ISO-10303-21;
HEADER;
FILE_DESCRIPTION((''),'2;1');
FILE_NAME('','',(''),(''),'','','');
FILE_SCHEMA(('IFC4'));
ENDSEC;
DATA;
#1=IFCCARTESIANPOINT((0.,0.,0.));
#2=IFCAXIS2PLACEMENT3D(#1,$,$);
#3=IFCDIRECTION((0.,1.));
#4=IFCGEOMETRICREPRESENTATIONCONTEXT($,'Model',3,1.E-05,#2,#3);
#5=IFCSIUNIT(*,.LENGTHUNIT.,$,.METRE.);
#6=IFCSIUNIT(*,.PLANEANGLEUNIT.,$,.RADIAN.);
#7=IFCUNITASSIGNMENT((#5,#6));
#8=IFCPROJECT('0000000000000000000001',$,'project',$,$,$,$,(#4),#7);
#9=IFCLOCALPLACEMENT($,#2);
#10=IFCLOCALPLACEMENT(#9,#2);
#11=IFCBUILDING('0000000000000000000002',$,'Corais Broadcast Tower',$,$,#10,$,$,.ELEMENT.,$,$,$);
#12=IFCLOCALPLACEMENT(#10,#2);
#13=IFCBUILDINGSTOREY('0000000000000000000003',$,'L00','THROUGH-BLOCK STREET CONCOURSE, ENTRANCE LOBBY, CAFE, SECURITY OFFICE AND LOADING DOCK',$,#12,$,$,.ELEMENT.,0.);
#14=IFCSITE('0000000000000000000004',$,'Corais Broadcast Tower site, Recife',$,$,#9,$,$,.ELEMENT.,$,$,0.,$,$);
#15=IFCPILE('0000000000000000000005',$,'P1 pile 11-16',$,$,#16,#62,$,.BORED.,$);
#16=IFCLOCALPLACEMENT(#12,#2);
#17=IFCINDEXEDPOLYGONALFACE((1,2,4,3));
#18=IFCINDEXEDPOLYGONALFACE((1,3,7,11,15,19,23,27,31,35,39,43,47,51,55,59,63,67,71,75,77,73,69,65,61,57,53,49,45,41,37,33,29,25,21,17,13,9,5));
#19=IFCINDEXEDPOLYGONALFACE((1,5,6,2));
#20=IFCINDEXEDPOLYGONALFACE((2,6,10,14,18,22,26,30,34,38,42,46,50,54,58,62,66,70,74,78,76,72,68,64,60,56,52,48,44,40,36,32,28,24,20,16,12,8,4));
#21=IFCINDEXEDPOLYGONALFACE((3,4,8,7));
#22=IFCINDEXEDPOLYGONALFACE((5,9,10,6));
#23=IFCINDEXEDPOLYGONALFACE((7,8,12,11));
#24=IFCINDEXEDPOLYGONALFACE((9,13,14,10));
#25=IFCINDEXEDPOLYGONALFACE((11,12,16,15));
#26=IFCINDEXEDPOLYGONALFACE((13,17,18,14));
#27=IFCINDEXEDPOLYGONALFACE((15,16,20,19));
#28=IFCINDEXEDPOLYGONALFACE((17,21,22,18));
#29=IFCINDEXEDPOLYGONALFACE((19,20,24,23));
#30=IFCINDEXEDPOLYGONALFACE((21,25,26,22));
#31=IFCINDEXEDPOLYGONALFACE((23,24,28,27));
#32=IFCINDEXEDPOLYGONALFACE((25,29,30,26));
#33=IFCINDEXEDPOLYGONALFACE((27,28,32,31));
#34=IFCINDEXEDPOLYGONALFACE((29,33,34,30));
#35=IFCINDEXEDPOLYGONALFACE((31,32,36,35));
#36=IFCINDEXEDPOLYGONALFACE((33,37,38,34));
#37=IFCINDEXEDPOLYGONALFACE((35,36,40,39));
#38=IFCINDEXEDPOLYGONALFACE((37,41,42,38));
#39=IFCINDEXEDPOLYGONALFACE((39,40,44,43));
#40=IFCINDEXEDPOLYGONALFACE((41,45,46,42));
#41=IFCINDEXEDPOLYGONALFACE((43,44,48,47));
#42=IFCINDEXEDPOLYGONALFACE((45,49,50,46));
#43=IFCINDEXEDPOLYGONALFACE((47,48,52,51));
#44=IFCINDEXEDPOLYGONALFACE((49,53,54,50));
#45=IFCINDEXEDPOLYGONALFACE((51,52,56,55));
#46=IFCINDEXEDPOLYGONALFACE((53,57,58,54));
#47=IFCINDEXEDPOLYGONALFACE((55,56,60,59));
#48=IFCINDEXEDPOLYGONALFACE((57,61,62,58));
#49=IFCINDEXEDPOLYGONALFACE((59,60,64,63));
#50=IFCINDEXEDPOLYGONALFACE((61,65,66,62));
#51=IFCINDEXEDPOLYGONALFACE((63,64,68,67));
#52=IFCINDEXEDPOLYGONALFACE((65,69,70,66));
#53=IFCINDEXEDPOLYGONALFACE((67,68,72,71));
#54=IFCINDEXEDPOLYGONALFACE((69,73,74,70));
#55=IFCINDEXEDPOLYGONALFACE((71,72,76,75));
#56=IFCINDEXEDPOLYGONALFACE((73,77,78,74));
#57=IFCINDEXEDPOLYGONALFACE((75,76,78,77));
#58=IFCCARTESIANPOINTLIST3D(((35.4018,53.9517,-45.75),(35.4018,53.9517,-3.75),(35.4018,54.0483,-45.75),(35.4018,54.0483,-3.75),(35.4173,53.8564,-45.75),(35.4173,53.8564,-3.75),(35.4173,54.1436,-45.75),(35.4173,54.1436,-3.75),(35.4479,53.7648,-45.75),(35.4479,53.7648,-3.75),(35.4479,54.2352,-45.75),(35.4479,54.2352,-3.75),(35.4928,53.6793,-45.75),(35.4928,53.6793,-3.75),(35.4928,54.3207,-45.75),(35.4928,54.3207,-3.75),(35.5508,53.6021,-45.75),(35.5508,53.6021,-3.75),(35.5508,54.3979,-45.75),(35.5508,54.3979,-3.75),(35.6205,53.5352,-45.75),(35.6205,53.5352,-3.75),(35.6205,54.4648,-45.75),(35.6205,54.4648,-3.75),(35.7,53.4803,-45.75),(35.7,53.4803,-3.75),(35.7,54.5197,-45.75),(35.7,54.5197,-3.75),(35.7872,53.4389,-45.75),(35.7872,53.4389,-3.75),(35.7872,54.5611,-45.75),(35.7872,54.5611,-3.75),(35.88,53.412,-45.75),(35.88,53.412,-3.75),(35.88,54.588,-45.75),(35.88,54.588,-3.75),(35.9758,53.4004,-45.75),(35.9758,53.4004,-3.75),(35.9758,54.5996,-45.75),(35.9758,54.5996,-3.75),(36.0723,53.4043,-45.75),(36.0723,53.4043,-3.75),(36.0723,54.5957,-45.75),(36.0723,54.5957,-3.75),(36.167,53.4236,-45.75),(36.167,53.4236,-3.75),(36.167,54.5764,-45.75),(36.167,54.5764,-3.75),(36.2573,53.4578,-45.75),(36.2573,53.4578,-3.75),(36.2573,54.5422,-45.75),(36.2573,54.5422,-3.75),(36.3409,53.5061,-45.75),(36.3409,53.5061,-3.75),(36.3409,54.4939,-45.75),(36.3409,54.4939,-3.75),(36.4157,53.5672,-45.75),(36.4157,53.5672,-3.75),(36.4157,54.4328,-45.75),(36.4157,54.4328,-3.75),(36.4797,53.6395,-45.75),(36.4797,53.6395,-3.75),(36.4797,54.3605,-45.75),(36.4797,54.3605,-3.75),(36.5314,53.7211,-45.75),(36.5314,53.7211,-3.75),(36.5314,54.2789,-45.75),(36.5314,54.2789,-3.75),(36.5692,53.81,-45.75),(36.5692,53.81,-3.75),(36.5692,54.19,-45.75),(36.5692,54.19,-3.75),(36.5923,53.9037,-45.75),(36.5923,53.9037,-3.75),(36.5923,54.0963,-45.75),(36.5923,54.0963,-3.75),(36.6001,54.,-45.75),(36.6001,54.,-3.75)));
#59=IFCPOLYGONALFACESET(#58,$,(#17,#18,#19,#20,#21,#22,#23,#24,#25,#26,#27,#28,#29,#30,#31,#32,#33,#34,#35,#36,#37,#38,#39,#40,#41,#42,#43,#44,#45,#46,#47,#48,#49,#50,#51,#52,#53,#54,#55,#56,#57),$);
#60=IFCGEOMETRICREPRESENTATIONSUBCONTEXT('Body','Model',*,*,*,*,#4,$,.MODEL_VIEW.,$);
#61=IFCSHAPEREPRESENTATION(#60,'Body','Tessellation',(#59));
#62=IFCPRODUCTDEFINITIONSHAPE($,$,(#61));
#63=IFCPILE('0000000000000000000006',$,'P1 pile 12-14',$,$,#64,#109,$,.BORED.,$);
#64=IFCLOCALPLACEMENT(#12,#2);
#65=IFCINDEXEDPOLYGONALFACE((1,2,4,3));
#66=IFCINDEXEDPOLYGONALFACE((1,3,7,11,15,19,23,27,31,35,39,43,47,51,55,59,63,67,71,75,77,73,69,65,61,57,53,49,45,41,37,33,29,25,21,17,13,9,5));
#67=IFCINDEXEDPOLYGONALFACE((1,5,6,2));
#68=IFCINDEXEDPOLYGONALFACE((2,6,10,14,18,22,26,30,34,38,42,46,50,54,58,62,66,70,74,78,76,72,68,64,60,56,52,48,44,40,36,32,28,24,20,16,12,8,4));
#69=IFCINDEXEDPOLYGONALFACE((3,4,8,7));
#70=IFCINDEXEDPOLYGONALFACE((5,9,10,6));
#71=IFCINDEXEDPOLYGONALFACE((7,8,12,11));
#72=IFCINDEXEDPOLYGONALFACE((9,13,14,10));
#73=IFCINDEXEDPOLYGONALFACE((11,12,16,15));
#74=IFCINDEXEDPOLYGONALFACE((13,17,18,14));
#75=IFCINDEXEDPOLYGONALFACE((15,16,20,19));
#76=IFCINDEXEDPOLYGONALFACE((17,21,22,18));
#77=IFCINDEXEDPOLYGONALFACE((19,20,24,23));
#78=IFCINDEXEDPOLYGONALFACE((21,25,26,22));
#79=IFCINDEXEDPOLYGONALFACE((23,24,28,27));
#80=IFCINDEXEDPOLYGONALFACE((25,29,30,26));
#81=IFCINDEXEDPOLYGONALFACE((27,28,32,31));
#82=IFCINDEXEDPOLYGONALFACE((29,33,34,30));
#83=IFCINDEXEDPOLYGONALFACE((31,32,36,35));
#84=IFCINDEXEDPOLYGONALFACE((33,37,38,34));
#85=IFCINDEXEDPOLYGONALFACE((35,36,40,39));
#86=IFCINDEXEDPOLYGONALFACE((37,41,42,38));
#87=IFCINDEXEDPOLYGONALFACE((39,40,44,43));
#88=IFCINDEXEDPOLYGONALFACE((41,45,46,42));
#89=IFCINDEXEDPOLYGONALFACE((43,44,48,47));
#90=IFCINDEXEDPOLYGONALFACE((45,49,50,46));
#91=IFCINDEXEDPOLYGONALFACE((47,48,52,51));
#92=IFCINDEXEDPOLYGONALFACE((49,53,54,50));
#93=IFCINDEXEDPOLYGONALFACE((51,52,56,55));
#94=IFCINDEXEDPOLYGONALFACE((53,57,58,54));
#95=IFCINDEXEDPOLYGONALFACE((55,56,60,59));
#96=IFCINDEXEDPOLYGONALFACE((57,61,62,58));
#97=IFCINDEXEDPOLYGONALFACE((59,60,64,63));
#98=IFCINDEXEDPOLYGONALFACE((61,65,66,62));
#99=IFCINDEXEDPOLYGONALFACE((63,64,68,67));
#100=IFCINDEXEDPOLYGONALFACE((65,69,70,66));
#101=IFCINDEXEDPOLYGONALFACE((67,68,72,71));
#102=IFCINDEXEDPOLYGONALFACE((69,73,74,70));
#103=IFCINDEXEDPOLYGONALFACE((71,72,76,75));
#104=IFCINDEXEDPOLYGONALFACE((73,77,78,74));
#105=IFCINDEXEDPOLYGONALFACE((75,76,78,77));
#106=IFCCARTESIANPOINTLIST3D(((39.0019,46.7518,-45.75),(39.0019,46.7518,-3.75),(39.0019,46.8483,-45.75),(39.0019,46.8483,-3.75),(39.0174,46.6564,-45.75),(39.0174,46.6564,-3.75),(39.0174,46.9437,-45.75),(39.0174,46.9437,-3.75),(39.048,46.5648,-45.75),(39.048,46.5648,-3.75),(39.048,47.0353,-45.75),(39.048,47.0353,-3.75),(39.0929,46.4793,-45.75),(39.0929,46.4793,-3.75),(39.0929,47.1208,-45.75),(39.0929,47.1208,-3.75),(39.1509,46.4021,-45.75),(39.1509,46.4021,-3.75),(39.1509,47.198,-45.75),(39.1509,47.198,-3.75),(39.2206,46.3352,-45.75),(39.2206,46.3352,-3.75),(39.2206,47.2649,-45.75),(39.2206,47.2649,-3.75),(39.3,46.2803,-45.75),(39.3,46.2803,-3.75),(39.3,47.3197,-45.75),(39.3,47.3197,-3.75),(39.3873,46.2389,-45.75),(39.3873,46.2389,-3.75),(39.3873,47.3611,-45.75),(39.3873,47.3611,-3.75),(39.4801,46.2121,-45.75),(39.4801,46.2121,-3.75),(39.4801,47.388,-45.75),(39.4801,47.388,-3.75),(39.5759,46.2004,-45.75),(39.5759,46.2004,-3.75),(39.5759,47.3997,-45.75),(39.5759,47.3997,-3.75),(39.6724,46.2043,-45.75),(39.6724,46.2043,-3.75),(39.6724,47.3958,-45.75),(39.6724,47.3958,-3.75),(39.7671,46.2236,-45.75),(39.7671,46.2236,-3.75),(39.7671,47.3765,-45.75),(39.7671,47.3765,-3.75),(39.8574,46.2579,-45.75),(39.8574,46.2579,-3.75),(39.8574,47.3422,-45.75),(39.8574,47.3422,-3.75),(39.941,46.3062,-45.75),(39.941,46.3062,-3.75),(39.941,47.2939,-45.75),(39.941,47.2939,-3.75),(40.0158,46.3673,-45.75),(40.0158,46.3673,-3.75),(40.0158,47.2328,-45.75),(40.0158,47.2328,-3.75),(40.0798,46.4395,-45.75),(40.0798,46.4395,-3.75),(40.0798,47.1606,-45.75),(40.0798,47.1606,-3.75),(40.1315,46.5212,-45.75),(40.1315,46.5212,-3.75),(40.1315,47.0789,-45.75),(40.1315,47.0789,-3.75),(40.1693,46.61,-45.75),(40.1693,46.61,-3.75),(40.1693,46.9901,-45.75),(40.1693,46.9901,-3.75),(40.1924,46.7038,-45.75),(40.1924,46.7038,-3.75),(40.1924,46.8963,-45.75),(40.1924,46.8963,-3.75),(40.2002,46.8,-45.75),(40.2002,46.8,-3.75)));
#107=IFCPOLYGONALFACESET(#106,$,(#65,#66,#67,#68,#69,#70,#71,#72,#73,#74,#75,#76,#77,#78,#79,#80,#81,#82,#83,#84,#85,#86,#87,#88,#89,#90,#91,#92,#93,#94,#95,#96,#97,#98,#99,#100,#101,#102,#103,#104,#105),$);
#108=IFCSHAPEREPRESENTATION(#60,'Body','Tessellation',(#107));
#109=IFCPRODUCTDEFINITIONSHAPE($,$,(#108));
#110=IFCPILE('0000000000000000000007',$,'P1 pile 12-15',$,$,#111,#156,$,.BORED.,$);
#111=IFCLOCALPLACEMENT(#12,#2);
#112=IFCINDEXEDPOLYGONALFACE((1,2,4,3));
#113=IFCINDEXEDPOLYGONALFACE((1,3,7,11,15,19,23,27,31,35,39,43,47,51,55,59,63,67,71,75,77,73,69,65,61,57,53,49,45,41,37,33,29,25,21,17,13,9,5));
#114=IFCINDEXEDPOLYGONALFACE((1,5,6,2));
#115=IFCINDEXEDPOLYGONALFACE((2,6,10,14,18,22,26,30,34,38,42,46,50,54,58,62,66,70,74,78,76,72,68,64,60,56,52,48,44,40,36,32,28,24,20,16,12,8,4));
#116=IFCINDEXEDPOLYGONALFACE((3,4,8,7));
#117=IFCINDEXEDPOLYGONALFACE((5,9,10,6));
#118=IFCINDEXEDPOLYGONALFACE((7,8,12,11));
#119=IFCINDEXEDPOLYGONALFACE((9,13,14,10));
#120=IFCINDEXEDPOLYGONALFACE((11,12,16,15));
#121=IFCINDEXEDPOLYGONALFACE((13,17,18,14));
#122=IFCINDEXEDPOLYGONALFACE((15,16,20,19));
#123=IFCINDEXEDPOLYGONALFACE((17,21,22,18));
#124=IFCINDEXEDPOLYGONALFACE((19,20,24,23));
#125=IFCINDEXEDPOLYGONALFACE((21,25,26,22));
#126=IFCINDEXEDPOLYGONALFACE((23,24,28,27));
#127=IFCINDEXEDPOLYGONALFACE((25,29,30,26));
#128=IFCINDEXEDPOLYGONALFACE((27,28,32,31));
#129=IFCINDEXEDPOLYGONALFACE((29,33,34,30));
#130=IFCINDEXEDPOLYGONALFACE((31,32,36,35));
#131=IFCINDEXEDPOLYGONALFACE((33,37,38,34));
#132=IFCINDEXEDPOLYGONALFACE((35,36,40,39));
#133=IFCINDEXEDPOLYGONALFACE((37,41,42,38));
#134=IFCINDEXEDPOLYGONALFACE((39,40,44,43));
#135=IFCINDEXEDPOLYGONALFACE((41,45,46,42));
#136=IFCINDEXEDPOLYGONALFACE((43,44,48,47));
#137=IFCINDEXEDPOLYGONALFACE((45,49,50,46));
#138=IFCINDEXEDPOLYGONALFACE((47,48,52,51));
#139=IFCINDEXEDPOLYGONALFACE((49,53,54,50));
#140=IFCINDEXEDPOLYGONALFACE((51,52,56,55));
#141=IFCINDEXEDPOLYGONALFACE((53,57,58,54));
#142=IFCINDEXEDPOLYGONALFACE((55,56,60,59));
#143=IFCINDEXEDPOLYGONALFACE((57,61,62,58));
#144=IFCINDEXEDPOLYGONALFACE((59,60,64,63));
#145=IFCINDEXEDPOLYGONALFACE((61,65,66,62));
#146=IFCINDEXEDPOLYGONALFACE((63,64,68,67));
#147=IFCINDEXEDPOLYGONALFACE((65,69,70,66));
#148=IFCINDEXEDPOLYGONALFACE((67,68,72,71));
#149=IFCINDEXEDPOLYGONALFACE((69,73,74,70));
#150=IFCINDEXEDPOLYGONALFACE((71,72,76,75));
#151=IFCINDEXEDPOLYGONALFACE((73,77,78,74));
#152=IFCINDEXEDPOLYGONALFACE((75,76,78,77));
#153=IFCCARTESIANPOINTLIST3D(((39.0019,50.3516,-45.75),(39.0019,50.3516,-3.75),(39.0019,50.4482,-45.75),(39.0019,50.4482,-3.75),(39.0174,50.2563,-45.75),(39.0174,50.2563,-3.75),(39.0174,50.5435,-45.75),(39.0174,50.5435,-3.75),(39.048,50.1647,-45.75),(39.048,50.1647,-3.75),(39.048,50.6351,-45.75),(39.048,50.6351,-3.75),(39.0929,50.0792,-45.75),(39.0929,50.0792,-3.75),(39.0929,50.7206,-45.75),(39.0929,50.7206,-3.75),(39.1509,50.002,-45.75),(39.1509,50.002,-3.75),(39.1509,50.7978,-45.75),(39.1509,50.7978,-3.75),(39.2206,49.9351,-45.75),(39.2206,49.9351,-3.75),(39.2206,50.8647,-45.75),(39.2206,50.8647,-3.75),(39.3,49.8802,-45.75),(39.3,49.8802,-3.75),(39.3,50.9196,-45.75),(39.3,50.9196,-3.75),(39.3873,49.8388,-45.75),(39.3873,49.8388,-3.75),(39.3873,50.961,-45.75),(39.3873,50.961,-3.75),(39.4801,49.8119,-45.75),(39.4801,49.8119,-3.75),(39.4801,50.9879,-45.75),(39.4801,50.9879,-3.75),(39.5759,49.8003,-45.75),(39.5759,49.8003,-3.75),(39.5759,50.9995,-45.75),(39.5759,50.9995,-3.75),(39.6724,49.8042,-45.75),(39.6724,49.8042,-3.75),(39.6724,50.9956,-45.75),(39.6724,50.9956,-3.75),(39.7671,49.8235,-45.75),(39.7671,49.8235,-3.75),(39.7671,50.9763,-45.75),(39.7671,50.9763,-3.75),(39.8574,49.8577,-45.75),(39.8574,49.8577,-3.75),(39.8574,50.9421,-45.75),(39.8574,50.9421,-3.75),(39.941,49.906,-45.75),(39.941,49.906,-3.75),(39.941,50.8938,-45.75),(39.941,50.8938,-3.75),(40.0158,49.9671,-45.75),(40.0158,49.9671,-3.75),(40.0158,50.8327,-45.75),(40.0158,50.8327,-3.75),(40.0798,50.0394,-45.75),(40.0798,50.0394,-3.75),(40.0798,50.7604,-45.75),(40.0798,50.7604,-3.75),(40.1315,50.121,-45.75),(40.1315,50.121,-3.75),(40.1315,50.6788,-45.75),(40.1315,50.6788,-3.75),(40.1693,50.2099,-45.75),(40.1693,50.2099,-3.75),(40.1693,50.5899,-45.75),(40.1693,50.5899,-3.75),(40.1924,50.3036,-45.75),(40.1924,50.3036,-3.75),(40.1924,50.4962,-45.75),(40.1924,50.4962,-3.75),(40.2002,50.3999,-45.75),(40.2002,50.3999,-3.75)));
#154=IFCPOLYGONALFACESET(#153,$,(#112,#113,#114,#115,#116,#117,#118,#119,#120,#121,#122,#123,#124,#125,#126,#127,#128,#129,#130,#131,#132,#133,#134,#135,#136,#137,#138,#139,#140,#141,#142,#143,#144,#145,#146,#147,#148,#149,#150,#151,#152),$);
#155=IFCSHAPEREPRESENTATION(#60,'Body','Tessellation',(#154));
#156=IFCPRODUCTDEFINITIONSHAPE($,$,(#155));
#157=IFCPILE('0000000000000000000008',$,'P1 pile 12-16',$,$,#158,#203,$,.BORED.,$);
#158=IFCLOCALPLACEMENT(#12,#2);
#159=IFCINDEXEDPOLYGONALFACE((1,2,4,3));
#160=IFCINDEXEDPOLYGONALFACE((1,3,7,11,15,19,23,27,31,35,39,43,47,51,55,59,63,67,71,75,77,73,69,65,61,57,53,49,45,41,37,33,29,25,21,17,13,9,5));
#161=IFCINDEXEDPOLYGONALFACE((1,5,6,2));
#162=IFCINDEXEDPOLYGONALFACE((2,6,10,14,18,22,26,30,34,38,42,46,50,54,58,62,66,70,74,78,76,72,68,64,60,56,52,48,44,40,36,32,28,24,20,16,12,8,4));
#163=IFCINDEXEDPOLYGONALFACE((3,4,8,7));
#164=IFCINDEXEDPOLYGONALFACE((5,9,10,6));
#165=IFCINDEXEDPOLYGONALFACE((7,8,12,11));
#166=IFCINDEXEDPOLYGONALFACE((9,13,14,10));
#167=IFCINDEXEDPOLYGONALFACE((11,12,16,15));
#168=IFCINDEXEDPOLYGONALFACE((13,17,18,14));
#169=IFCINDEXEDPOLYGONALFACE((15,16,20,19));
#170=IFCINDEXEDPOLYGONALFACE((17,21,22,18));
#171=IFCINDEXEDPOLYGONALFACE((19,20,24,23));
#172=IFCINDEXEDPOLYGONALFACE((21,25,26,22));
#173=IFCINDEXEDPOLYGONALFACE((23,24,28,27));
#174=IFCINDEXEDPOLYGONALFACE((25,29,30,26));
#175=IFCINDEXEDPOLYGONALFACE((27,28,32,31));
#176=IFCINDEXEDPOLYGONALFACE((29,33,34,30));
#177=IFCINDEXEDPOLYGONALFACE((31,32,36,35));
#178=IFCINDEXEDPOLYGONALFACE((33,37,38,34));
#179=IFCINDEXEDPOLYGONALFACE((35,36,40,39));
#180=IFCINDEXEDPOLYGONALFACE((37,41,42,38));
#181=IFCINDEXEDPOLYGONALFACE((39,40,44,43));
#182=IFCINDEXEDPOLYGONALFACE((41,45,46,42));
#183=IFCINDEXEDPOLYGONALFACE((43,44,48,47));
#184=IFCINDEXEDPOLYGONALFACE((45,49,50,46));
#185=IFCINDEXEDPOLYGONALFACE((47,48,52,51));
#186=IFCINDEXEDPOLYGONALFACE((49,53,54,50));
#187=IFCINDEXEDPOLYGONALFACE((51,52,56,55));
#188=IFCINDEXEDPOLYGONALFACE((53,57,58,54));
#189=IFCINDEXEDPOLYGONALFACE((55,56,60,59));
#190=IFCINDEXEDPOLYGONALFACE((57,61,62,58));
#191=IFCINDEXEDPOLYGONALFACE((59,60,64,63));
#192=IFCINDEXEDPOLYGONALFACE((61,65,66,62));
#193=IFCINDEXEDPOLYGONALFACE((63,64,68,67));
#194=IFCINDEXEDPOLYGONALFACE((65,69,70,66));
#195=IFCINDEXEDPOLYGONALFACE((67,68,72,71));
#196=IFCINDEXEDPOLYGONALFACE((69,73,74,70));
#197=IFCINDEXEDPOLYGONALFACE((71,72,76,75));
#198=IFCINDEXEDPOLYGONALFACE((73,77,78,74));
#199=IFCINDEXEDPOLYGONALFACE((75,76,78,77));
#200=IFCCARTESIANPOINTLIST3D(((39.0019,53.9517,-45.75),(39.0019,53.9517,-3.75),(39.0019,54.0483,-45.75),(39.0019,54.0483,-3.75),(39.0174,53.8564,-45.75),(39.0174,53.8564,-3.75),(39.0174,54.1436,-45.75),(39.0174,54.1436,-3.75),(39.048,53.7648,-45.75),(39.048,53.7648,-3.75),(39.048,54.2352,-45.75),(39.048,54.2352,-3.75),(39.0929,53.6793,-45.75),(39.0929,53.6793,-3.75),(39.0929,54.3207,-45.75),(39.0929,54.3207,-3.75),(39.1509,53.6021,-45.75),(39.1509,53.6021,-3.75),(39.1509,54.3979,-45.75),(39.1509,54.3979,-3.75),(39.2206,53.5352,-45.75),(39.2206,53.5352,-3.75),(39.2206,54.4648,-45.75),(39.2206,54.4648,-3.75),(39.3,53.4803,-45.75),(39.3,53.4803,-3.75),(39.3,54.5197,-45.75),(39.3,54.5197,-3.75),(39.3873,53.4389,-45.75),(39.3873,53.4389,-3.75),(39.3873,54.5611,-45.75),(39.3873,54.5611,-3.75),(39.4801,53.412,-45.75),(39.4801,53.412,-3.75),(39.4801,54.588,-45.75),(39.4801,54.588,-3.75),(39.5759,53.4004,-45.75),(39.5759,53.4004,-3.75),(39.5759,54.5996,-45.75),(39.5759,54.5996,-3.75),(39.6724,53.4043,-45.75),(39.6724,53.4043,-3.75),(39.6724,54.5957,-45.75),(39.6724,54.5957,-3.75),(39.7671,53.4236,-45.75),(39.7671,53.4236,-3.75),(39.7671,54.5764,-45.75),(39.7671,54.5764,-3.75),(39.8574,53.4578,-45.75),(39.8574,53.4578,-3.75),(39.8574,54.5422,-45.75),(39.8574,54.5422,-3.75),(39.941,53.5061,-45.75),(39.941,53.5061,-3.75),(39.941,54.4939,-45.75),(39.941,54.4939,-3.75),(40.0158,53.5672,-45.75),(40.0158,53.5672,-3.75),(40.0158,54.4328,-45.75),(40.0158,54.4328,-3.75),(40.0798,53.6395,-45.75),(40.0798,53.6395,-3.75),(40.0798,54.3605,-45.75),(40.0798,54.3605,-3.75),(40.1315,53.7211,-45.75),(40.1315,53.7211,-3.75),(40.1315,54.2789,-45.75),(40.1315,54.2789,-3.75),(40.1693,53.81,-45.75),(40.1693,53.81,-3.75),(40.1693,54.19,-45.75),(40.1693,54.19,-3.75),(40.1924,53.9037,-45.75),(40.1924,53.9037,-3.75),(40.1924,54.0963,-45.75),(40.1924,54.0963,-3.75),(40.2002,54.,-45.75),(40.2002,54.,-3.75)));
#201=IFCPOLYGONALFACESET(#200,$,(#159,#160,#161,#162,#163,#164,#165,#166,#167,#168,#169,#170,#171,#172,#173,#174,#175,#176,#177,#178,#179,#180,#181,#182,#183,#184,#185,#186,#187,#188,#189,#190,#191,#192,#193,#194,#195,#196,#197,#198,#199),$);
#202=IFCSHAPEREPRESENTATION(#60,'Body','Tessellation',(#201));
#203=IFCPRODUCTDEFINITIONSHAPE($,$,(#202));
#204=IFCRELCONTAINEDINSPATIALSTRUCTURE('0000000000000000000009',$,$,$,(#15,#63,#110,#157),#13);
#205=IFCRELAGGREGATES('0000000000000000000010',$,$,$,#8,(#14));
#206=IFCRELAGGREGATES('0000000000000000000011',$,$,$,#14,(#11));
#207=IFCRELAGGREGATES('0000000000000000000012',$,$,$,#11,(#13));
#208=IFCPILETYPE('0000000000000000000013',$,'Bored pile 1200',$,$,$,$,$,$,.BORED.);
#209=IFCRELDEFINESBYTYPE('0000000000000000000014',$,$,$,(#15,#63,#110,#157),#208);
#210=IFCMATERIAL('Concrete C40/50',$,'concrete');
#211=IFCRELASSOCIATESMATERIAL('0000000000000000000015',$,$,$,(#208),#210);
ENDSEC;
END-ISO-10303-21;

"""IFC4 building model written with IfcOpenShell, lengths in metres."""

from ifc_helpers import new_model, si_unit, direction, frame, origin, origin_2d, place, context, subcontext, project, spatial, circle, extrude, material, type_object, element, save


model = new_model("IFC4")

# Units and contexts
model_context = context("Model", 3, precision=1e-05, world=origin(), true_north=direction((0.0, 1.0)))
body_context = subcontext(model_context, "Body", "Model", "MODEL_VIEW")
ifc_project = project(units=[si_unit("LENGTHUNIT", "METRE"), si_unit("PLANEANGLEUNIT", "RADIAN")], contexts=[model_context])

# Site, building, storey
site_placement = place(None, origin())
site = spatial("IfcSite", under=ifc_project, at=site_placement, Name="Corais Broadcast Tower site, Recife", CompositionType="ELEMENT", RefElevation=0.0)
building_placement = place(site_placement, origin())
building = spatial("IfcBuilding", under=site, at=building_placement, Name="Corais Broadcast Tower", CompositionType="ELEMENT")
storey_placement = place(building_placement, origin())
storey = spatial("IfcBuildingStorey", under=building, at=storey_placement, Name="L00", Description="THROUGH-BLOCK STREET CONCOURSE, ENTRANCE LOBBY, CAFE, SECURITY OFFICE AND LOADING DOCK", CompositionType="ELEMENT", Elevation=0.0)

# Piles
ifc_material_1 = material(Name="Concrete C40/50", Category="concrete")
pile_type = type_object("IfcPileType", Name="Bored pile 1200", PredefinedType="BORED", material=ifc_material_1)
for number, where, z_axis, x_axis, name in (
    (1, (36.0, 54.0, -3.75), (0.0, 0.0, -1.0), (1.0, 0.0, 0.0), "P1 pile 11-16"),
    (2, (39.6001, 46.8, -3.75), (0.0, 0.0, -1.0), (1.0, 0.0, 0.0), "P1 pile 12-14"),
    (3, (39.6001, 50.3999, -3.75), (0.0, 0.0, -1.0), (1.0, 0.0, 0.0), "P1 pile 12-15"),
    (4, (39.6001, 54.0, -3.75), (0.0, 0.0, -1.0), (1.0, 0.0, 0.0), "P1 pile 12-16"),
):
    element("IfcPile", number, at=place(storey_placement, frame(where, z_axis=z_axis, x_axis=x_axis)), inside=storey, type_object=pile_type, Name=name, PredefinedType="BORED", context=body_context, shape_type="SweptSolid", body=[
        extrude(circle(Radius=0.6001, at=origin_2d()), origin(), (0.0, 0.0, 1.0), 42.0),
    ])

save(model, "model.ifc")
